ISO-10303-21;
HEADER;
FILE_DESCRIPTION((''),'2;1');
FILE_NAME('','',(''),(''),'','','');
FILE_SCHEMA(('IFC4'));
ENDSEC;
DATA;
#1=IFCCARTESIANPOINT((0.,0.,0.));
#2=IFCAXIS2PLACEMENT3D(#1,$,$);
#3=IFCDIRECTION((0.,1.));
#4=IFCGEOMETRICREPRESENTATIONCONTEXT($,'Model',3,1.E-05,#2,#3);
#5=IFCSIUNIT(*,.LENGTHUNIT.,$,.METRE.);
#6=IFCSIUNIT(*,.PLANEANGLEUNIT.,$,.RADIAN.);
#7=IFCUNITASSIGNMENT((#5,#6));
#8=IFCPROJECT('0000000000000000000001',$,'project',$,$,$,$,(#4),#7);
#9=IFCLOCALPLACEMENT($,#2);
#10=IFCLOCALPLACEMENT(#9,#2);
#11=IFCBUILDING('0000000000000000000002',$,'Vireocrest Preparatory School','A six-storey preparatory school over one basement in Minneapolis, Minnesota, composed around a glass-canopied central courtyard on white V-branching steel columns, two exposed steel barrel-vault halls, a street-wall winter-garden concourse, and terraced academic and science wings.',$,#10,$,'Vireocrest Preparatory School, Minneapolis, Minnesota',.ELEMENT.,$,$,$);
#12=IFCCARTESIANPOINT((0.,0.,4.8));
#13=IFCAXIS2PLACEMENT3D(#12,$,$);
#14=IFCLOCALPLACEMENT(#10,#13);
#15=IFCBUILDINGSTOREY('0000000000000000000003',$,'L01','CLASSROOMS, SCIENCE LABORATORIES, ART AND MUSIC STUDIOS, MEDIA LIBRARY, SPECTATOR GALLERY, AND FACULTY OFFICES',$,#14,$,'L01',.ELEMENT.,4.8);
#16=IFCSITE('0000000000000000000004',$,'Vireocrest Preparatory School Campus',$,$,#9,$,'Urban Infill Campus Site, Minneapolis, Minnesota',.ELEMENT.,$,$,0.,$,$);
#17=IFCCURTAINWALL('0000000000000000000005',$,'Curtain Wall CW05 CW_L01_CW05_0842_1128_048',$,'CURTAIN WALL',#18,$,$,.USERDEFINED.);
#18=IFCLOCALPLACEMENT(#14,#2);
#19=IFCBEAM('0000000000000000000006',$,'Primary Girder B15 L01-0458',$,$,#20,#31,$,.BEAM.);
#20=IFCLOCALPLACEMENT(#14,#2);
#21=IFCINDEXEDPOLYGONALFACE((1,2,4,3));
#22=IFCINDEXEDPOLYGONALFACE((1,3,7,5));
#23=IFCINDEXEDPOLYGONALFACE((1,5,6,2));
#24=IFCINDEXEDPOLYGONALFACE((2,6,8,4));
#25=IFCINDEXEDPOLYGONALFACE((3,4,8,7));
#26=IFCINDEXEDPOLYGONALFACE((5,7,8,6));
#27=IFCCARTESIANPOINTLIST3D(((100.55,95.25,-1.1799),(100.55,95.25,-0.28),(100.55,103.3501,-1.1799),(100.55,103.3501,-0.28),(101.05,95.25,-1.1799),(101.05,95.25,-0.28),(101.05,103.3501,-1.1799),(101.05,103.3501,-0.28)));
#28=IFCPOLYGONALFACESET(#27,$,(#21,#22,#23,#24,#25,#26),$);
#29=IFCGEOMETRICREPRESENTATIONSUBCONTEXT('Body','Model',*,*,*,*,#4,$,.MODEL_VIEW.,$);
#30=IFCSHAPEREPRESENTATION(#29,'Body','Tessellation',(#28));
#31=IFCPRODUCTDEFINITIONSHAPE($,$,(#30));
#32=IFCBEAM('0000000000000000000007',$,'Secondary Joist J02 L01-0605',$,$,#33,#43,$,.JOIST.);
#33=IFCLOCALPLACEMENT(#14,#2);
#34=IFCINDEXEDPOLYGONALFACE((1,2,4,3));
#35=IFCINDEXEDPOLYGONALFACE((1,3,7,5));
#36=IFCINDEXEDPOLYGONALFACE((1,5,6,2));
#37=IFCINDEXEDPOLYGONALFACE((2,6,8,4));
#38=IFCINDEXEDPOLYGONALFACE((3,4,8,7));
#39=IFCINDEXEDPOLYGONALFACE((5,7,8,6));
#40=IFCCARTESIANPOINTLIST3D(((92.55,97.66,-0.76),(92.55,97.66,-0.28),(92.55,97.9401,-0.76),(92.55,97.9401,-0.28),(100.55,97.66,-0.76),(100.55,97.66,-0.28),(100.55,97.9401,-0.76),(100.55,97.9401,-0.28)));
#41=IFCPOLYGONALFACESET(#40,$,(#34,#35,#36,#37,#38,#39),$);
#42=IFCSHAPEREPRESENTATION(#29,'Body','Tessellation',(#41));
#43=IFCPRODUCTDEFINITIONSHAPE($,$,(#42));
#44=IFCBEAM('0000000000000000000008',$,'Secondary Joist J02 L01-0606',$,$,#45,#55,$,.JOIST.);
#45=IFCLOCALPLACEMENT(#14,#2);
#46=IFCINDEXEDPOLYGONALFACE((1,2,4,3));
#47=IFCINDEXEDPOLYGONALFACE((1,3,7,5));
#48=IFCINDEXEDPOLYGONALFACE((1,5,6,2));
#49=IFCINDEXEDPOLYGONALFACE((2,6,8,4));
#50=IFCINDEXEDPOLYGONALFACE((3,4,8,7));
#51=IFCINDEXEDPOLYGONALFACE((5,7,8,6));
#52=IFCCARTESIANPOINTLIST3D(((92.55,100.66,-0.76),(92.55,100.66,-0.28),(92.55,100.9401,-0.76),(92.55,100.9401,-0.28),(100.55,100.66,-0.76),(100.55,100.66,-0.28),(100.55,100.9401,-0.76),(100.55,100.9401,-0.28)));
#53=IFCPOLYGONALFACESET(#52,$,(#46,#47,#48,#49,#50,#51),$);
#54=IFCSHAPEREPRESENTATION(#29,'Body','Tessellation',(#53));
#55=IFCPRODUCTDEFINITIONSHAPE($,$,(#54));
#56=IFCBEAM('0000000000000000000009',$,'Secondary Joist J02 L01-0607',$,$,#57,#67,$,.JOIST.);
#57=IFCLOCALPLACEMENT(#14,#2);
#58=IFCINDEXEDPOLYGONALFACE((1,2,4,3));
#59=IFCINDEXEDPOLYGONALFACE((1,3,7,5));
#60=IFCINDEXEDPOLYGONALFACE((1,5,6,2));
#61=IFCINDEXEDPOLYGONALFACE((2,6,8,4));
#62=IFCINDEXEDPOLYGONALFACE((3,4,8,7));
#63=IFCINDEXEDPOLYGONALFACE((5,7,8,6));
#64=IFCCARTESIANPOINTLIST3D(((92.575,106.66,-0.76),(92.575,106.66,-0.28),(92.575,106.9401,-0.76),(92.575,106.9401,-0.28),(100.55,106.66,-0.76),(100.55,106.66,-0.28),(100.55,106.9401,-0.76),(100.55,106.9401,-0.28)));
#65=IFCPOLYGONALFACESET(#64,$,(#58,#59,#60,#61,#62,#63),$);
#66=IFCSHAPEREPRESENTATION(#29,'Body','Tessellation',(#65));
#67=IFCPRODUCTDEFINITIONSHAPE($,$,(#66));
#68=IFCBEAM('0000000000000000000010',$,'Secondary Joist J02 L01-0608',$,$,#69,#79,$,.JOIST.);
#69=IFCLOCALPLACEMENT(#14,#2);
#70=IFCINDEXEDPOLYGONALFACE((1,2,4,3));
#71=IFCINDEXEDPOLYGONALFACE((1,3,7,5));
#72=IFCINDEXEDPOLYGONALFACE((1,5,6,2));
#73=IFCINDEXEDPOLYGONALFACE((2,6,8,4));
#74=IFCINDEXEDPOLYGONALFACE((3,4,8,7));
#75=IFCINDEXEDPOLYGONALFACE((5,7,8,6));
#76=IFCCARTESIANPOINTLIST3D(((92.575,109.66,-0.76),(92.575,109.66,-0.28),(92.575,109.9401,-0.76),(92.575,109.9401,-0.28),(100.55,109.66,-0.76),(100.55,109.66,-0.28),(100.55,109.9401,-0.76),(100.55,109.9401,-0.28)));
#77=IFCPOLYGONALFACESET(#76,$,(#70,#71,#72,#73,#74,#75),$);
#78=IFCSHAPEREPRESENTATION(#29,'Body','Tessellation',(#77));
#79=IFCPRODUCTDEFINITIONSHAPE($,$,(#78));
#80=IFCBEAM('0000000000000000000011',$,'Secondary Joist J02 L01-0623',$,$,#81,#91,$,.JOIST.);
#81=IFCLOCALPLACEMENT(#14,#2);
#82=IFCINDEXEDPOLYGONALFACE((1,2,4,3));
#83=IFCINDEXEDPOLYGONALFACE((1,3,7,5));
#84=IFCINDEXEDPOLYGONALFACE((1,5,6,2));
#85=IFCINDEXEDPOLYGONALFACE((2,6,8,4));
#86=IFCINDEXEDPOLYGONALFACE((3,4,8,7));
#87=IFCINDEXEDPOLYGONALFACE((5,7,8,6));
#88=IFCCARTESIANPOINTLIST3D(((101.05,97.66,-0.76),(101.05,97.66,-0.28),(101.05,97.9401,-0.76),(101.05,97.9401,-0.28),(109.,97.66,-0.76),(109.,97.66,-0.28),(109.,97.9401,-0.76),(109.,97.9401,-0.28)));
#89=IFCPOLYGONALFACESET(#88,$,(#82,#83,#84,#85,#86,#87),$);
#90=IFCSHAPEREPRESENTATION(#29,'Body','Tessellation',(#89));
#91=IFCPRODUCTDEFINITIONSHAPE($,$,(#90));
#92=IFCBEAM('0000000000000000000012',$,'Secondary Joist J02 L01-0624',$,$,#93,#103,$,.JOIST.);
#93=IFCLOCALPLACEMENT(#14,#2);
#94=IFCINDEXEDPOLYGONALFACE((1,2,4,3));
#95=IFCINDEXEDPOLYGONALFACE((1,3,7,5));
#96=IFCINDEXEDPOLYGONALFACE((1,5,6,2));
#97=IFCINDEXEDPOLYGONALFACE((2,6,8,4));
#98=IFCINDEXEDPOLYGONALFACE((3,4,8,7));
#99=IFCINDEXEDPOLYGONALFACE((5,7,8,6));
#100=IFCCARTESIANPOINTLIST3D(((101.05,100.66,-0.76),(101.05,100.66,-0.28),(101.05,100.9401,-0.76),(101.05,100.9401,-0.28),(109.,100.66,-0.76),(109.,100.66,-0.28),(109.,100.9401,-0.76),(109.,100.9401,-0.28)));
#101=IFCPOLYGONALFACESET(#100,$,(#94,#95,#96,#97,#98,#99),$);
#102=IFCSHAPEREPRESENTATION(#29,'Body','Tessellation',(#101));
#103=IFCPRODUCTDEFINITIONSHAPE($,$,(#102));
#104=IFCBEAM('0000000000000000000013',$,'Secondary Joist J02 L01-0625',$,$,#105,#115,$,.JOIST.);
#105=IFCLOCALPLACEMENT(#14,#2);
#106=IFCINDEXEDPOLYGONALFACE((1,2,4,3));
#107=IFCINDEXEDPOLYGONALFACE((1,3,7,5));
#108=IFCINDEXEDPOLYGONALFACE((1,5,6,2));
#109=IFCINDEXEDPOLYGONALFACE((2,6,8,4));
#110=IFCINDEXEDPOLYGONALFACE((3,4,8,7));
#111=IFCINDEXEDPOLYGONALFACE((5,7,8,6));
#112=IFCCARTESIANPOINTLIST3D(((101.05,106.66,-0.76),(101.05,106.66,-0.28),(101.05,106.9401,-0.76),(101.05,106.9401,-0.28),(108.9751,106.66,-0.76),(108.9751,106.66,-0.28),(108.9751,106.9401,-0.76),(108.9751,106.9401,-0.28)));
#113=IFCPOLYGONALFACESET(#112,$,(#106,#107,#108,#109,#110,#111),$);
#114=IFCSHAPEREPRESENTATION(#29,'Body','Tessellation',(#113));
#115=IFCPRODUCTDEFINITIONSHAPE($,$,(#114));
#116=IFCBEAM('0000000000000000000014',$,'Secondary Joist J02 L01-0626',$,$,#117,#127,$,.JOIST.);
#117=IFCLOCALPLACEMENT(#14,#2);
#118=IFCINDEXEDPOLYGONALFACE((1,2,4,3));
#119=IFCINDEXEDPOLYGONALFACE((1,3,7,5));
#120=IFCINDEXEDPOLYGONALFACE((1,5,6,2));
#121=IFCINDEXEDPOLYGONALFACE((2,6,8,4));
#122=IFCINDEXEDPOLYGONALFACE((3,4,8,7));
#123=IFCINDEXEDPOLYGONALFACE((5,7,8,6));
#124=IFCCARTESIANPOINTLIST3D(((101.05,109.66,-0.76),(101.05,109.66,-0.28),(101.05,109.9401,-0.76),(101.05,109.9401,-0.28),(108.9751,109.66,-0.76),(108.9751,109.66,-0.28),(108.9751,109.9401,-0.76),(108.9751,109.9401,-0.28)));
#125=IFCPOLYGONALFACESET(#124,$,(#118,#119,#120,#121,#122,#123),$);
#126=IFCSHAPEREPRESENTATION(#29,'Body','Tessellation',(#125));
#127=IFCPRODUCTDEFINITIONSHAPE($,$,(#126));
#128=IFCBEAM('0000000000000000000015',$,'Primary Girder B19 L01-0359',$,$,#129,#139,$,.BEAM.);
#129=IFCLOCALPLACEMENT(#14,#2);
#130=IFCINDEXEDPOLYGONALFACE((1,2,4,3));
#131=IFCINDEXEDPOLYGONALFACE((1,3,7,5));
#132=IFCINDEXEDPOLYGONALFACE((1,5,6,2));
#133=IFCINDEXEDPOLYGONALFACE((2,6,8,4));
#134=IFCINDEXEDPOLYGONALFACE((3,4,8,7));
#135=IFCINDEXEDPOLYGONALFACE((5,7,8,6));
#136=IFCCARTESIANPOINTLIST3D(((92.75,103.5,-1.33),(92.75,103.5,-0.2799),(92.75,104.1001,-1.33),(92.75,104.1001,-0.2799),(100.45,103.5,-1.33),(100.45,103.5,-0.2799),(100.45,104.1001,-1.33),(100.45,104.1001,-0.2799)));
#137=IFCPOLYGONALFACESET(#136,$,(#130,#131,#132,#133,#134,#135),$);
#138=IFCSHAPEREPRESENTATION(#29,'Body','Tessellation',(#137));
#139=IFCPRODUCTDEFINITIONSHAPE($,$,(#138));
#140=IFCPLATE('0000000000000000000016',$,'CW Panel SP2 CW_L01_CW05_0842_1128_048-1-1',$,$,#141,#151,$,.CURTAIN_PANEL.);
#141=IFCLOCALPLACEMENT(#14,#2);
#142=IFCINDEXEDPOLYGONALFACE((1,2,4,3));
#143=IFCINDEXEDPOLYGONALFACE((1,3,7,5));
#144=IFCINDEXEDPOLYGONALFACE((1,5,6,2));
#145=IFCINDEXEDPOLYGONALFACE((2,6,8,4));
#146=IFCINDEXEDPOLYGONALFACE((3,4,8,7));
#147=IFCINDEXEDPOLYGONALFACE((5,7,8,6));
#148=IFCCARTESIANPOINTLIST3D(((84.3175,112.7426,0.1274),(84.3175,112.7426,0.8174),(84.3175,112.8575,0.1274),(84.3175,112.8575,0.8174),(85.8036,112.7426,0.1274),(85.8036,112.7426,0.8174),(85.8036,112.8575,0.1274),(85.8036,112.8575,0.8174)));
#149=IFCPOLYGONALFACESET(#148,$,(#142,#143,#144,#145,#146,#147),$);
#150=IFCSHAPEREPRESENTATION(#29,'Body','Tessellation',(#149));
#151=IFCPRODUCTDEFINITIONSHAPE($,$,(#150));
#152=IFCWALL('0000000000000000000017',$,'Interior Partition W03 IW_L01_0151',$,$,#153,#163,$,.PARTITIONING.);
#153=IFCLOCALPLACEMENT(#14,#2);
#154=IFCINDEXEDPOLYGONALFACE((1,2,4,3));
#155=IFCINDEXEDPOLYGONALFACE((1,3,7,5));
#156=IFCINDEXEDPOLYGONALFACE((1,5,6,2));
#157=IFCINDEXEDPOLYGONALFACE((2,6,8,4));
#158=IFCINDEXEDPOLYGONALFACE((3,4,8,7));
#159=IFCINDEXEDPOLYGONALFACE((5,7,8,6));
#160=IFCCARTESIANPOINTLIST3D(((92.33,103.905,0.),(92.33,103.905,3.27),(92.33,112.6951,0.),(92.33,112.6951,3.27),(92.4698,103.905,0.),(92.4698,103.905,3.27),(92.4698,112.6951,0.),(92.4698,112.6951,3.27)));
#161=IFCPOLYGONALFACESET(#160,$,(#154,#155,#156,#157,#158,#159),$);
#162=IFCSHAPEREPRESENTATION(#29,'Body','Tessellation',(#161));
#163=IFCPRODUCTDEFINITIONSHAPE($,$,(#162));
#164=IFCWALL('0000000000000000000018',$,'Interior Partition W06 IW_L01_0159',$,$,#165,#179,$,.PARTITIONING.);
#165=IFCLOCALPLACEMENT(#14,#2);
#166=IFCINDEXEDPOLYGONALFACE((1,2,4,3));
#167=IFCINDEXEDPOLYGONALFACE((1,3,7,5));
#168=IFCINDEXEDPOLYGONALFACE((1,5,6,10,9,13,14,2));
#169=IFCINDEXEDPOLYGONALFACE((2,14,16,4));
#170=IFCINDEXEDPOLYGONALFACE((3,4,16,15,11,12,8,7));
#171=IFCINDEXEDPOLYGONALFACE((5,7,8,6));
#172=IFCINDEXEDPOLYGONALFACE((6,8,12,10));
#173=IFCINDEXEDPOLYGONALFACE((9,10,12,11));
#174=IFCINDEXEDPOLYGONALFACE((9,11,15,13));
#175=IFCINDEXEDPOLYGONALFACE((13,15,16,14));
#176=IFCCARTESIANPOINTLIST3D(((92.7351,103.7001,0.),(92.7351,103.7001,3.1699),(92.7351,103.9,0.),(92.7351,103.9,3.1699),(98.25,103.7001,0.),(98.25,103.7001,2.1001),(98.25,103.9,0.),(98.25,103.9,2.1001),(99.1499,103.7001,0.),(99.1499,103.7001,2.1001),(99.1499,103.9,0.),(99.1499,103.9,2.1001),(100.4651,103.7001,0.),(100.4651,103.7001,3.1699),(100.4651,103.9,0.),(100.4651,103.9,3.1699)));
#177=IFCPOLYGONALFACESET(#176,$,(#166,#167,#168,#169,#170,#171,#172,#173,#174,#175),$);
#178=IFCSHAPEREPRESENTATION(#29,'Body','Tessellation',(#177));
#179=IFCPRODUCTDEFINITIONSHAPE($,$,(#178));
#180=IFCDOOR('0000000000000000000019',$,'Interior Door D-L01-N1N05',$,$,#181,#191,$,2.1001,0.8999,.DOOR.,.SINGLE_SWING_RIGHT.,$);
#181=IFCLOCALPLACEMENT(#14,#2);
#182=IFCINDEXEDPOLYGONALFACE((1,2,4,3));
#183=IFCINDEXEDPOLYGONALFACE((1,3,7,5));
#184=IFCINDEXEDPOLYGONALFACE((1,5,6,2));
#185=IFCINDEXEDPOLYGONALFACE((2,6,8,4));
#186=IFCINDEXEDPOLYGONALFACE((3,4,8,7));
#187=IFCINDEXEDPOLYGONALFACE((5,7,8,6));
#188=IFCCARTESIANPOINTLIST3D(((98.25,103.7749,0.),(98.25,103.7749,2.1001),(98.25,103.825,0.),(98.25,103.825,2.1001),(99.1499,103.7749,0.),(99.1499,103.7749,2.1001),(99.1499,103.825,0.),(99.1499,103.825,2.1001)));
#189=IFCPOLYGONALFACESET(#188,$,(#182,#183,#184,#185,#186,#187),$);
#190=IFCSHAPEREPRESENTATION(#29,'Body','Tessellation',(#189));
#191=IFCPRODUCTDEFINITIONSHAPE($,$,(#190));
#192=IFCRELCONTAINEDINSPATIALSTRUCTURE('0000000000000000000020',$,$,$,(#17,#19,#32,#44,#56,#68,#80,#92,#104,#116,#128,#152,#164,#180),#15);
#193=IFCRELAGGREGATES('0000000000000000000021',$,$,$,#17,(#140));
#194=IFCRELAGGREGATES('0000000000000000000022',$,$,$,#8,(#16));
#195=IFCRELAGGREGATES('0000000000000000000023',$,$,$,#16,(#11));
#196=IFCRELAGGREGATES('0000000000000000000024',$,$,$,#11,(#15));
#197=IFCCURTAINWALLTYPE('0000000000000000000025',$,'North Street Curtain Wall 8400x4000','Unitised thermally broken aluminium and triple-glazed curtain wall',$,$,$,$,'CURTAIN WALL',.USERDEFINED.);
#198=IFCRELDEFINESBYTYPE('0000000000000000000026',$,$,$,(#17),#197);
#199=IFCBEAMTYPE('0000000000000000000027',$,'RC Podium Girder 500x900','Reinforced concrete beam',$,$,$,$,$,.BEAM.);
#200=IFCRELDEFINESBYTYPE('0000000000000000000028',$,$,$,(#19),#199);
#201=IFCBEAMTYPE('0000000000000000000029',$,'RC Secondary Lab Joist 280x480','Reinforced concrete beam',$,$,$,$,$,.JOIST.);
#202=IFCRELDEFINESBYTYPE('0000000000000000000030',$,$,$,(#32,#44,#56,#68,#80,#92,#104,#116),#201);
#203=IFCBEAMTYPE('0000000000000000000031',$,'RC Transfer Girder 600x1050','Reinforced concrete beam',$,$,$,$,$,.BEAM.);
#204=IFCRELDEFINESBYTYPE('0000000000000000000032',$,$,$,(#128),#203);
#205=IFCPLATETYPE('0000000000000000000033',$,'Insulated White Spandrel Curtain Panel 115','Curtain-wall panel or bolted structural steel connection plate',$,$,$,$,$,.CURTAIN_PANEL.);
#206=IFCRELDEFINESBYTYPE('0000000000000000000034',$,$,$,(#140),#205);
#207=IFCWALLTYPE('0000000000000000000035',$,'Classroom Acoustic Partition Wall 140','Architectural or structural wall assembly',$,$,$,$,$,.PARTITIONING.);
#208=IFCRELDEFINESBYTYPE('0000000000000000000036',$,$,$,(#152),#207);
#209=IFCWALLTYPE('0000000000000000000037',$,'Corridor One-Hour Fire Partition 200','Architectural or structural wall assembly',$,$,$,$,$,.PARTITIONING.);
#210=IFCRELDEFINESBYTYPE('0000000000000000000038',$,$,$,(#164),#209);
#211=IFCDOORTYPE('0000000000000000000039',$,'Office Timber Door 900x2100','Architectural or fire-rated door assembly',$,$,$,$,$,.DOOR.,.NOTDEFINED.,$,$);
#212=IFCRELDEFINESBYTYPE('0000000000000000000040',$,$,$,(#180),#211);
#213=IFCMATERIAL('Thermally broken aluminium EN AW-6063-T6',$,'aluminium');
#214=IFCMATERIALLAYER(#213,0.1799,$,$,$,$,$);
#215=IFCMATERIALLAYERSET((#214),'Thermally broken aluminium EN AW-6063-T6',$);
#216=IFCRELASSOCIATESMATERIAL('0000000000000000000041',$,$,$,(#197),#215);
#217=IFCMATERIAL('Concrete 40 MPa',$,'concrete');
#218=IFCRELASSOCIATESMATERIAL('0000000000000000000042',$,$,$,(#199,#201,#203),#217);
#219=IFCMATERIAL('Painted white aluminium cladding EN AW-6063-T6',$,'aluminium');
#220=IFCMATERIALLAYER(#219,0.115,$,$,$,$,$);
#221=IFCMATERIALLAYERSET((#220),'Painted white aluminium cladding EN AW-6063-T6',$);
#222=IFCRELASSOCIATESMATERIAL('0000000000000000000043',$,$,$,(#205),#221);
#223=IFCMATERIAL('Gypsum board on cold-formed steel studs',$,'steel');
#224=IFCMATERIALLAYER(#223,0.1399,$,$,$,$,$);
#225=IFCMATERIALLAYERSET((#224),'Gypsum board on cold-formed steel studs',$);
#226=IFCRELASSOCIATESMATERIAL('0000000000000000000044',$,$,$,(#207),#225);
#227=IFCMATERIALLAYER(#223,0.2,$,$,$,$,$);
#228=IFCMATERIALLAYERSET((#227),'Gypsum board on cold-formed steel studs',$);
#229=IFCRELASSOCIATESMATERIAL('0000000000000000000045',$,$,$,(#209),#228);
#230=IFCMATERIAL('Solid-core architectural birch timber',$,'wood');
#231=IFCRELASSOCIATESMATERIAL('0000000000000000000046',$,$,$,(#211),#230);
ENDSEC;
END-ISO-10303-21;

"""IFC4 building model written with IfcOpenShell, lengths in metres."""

from ifc_helpers import new_model, si_unit, direction, frame, frame_2d, origin, origin_2d, place, context, subcontext, project, spatial, rectangle, extrude, material, layer, layer_set, material_profile, profile_set, type_object, element, fill, aggregate, save


model = new_model("IFC4")

# Units and contexts
model_context = context("Model", 3, precision=1e-05, world=origin(), true_north=direction((0.0, 1.0)))
body_context = subcontext(model_context, "Body", "Model", "MODEL_VIEW")
ifc_project = project(units=[si_unit("LENGTHUNIT", "METRE"), si_unit("PLANEANGLEUNIT", "RADIAN")], contexts=[model_context])

# Site, building, storey
site_placement = place(None, origin())
site = spatial("IfcSite", under=ifc_project, at=site_placement, Name="Vireocrest Preparatory School Campus", LongName="Urban Infill Campus Site, Minneapolis, Minnesota", CompositionType="ELEMENT", RefElevation=0.0)
building_placement = place(site_placement, origin())
building = spatial("IfcBuilding", under=site, at=building_placement, Name="Vireocrest Preparatory School", Description="A six-storey preparatory school over one basement in Minneapolis, Minnesota, composed around a glass-canopied central courtyard on white V-branching steel columns, two exposed steel barrel-vault halls, a street-wall winter-garden concourse, and terraced academic and science wings.", LongName="Vireocrest Preparatory School, Minneapolis, Minnesota", CompositionType="ELEMENT")
storey_placement = place(building_placement, frame((0.0, 0.0, 4.8)))
storey = spatial("IfcBuildingStorey", under=building, at=storey_placement, Name="L01", Description="CLASSROOMS, SCIENCE LABORATORIES, ART AND MUSIC STUDIOS, MEDIA LIBRARY, SPECTATOR GALLERY, AND FACULTY OFFICES", LongName="L01", CompositionType="ELEMENT", Elevation=4.8)

# Curtain wall
ifc_material_1 = material(Name="Thermally broken aluminium EN AW-6063-T6", Category="aluminium")
ifc_layer_1 = layer(ifc_material_1, 0.1799)
ifc_layer_set_1 = layer_set([ifc_layer_1], Name="Thermally broken aluminium EN AW-6063-T6")
curtain_wall_type = type_object("IfcCurtainWallType", Name="North Street Curtain Wall 8400x4000", Description="Unitised thermally broken aluminium and triple-glazed curtain wall", ElementType="CURTAIN WALL", PredefinedType="USERDEFINED", material=ifc_layer_set_1)
curtain_wall_placement = place(storey_placement, origin())
curtain_wall = element("IfcCurtainWall", 1, at=curtain_wall_placement, inside=storey, type_object=curtain_wall_type, Name="Curtain Wall CW05 CW_L01_CW05_0842_1128_048", ObjectType="CURTAIN WALL", PredefinedType="USERDEFINED")

# Beams
ifc_material_2 = material(Name="Concrete 40 MPa", Category="concrete")
ifc_material_profile_1 = material_profile(ifc_material_2, rectangle(XDim=0.5, YDim=0.8999, at=origin_2d()), Name="RC 500x900")
ifc_profile_set_1 = profile_set([ifc_material_profile_1], Name="Concrete 40 MPa")
beam_type_1 = type_object("IfcBeamType", Name="RC Podium Girder 500x900", Description="Reinforced concrete beam", PredefinedType="BEAM", material=ifc_profile_set_1)
beam_1_placement = place(storey_placement, frame((100.8, 95.25, -0.73), z_axis=(0.0, 1.0, 0.0), x_axis=(-1.0, 0.0, 0.0)))
element("IfcBeam", 2, at=beam_1_placement, inside=storey, type_object=beam_type_1, Name="Primary Girder B15 L01-0458", PredefinedType="BEAM", context=body_context, shape_type="SweptSolid", body=[
    extrude(rectangle(XDim=0.5, YDim=0.8999, at=origin_2d()), origin(), (0.0, 0.0, 1.0), 8.1001),
])
ifc_material_profile_2 = material_profile(ifc_material_2, rectangle(XDim=0.28, YDim=0.48, at=origin_2d()), Name="RC 280x480")
ifc_profile_set_2 = profile_set([ifc_material_profile_2], Name="Concrete 40 MPa")
beam_type_2 = type_object("IfcBeamType", Name="RC Secondary Lab Joist 280x480", Description="Reinforced concrete beam", PredefinedType="JOIST", material=ifc_profile_set_2)
for number, where, z_axis, x_axis, name in (
    (3, (92.55, 97.8, -0.52), (1.0, 0.0, 0.0), (0.0, 1.0, 0.0), "Secondary Joist J02 L01-0605"),
    (4, (92.55, 100.8, -0.52), (1.0, 0.0, 0.0), (0.0, 1.0, 0.0), "Secondary Joist J02 L01-0606"),
):
    element("IfcBeam", number, at=place(storey_placement, frame(where, z_axis=z_axis, x_axis=x_axis)), inside=storey, type_object=beam_type_2, Name=name, PredefinedType="JOIST", context=body_context, shape_type="SweptSolid", body=[
        extrude(rectangle(XDim=0.28, YDim=0.48, at=origin_2d()), origin(), (0.0, 0.0, 1.0), 8.0),
    ])
for number, where, z_axis, x_axis, name in (
    (5, (92.575, 106.8, -0.52), (1.0, 0.0, 0.0), (0.0, 1.0, 0.0), "Secondary Joist J02 L01-0607"),
    (6, (92.575, 109.8, -0.52), (1.0, 0.0, 0.0), (0.0, 1.0, 0.0), "Secondary Joist J02 L01-0608"),
):
    element("IfcBeam", number, at=place(storey_placement, frame(where, z_axis=z_axis, x_axis=x_axis)), inside=storey, type_object=beam_type_2, Name=name, PredefinedType="JOIST", context=body_context, shape_type="SweptSolid", body=[
        extrude(rectangle(XDim=0.28, YDim=0.48, at=origin_2d()), origin(), (0.0, 0.0, 1.0), 7.9751),
    ])
for number, where, z_axis, x_axis, name in (
    (7, (101.05, 97.8, -0.52), (1.0, 0.0, 0.0), (0.0, 1.0, 0.0), "Secondary Joist J02 L01-0623"),
    (8, (101.05, 100.8, -0.52), (1.0, 0.0, 0.0), (0.0, 1.0, 0.0), "Secondary Joist J02 L01-0624"),
):
    element("IfcBeam", number, at=place(storey_placement, frame(where, z_axis=z_axis, x_axis=x_axis)), inside=storey, type_object=beam_type_2, Name=name, PredefinedType="JOIST", context=body_context, shape_type="SweptSolid", body=[
        extrude(rectangle(XDim=0.28, YDim=0.48, at=origin_2d()), origin(), (0.0, 0.0, 1.0), 7.95),
    ])
for number, where, z_axis, x_axis, name in (
    (9, (101.05, 106.8, -0.52), (1.0, 0.0, 0.0), (0.0, 1.0, 0.0), "Secondary Joist J02 L01-0625"),
    (10, (101.05, 109.8, -0.52), (1.0, 0.0, 0.0), (0.0, 1.0, 0.0), "Secondary Joist J02 L01-0626"),
):
    element("IfcBeam", number, at=place(storey_placement, frame(where, z_axis=z_axis, x_axis=x_axis)), inside=storey, type_object=beam_type_2, Name=name, PredefinedType="JOIST", context=body_context, shape_type="SweptSolid", body=[
        extrude(rectangle(XDim=0.28, YDim=0.48, at=origin_2d()), origin(), (0.0, 0.0, 1.0), 7.925),
    ])
ifc_material_profile_3 = material_profile(ifc_material_2, rectangle(XDim=0.6001, YDim=1.05, at=origin_2d()), Name="RC 600x1050")
ifc_profile_set_3 = profile_set([ifc_material_profile_3], Name="Concrete 40 MPa")
beam_type_3 = type_object("IfcBeamType", Name="RC Transfer Girder 600x1050", Description="Reinforced concrete beam", PredefinedType="BEAM", material=ifc_profile_set_3)
beam_2_placement = place(storey_placement, frame((92.75, 103.8, -0.8049), z_axis=(1.0, 0.0, 0.0), x_axis=(0.0, 1.0, 0.0)))
element("IfcBeam", 11, at=beam_2_placement, inside=storey, type_object=beam_type_3, Name="Primary Girder B19 L01-0359", PredefinedType="BEAM", context=body_context, shape_type="SweptSolid", body=[
    extrude(rectangle(XDim=0.6001, YDim=1.05, at=origin_2d()), origin(), (0.0, 0.0, 1.0), 7.7),
])

# Plate
ifc_material_3 = material(Name="Painted white aluminium cladding EN AW-6063-T6", Category="aluminium")
ifc_layer_2 = layer(ifc_material_3, 0.115)
ifc_layer_set_2 = layer_set([ifc_layer_2], Name="Painted white aluminium cladding EN AW-6063-T6")
plate_type = type_object("IfcPlateType", Name="Insulated White Spandrel Curtain Panel 115", Description="Curtain-wall panel or bolted structural steel connection plate", PredefinedType="CURTAIN_PANEL", material=ifc_layer_set_2)
plate_placement = place(storey_placement, frame((85.0605, 112.8, 0.1274), z_axis=(0.0, 0.0, 1.0), x_axis=(1.0, 0.0, 0.0)))
plate = element("IfcPlate", 12, at=plate_placement, type_object=plate_type, Name="CW Panel SP2 CW_L01_CW05_0842_1128_048-1-1", PredefinedType="CURTAIN_PANEL", context=body_context, shape_type="SweptSolid", body=[
    extrude(rectangle(XDim=1.4861, YDim=0.115, at=origin_2d()), origin(), (0.0, 0.0, 1.0), 0.6899),
])
aggregate(curtain_wall, [plate])

# Wall
ifc_material_4 = material(Name="Gypsum board on cold-formed steel studs", Category="steel")
ifc_layer_3 = layer(ifc_material_4, 0.1399)
ifc_layer_set_3 = layer_set([ifc_layer_3], Name="Gypsum board on cold-formed steel studs")
wall_type_1 = type_object("IfcWallType", Name="Classroom Acoustic Partition Wall 140", Description="Architectural or structural wall assembly", PredefinedType="PARTITIONING", material=ifc_layer_set_3)
wall_1_placement = place(storey_placement, frame((92.3999, 103.905, 0.0), z_axis=(0.0, 0.0, 1.0), x_axis=(0.0, 1.0, 0.0)))
element("IfcWall", 13, at=wall_1_placement, inside=storey, type_object=wall_type_1, Name="Interior Partition W03 IW_L01_0151", PredefinedType="PARTITIONING", context=body_context, shape_type="SweptSolid", body=[
    extrude(rectangle(XDim=8.79, YDim=0.1399, at=frame_2d((4.395, 0.0))), origin(), (0.0, 0.0, 1.0), 3.27),
])

# Wall, opening, door
ifc_layer_4 = layer(ifc_material_4, 0.2)
ifc_layer_set_4 = layer_set([ifc_layer_4], Name="Gypsum board on cold-formed steel studs")
wall_type_2 = type_object("IfcWallType", Name="Corridor One-Hour Fire Partition 200", Description="Architectural or structural wall assembly", PredefinedType="PARTITIONING", material=ifc_layer_set_4)
wall_2_placement = place(storey_placement, frame((92.7351, 103.8, 0.0), z_axis=(0.0, 0.0, 1.0), x_axis=(1.0, 0.0, 0.0)))
wall_2 = element("IfcWall", 14, at=wall_2_placement, inside=storey, type_object=wall_type_2, Name="Interior Partition W06 IW_L01_0159", PredefinedType="PARTITIONING", context=body_context, shape_type="SweptSolid", body=[
    extrude(rectangle(XDim=7.73, YDim=0.2, at=frame_2d((3.865, 0.0))), origin(), (0.0, 0.0, 1.0), 3.1699),
])
opening_1_placement = place(wall_2_placement, frame((5.5149, 0.0, 0.0)))
opening_1 = element("IfcOpeningElement", 15, at=opening_1_placement, cuts=wall_2, PredefinedType="OPENING", context=body_context, shape_type="SweptSolid", body=[
    extrude(rectangle(XDim=0.8999, YDim=2.1001, at=frame_2d((0.45, 1.05))), frame((0.0, 0.1099, 0.0), z_axis=(0.0, -1.0, 0.0), x_axis=(1.0, 0.0, 0.0)), (0.0, 0.0, 1.0), 0.22),
])
ifc_material_5 = material(Name="Solid-core architectural birch timber", Category="wood")
door_type = type_object("IfcDoorType", Name="Office Timber Door 900x2100", Description="Architectural or fire-rated door assembly", OperationType="NOTDEFINED", PredefinedType="DOOR", material=ifc_material_5)
door_1_placement = place(opening_1_placement, origin())
door_1 = element("IfcDoor", 16, at=door_1_placement, inside=storey, type_object=door_type, Name="Interior Door D-L01-N1N05", OperationType="SINGLE_SWING_RIGHT", OverallHeight=2.1001, OverallWidth=0.8999, PredefinedType="DOOR", context=body_context, shape_type="SweptSolid", body=[
    extrude(rectangle(XDim=0.8999, YDim=2.1001, at=frame_2d((0.45, 1.05))), frame((0.0, 0.0249, 0.0), z_axis=(0.0, -1.0, 0.0), x_axis=(1.0, 0.0, 0.0)), (0.0, 0.0, 1.0), 0.05),
])
fill(opening_1, door_1)

save(model, "model.ifc")
